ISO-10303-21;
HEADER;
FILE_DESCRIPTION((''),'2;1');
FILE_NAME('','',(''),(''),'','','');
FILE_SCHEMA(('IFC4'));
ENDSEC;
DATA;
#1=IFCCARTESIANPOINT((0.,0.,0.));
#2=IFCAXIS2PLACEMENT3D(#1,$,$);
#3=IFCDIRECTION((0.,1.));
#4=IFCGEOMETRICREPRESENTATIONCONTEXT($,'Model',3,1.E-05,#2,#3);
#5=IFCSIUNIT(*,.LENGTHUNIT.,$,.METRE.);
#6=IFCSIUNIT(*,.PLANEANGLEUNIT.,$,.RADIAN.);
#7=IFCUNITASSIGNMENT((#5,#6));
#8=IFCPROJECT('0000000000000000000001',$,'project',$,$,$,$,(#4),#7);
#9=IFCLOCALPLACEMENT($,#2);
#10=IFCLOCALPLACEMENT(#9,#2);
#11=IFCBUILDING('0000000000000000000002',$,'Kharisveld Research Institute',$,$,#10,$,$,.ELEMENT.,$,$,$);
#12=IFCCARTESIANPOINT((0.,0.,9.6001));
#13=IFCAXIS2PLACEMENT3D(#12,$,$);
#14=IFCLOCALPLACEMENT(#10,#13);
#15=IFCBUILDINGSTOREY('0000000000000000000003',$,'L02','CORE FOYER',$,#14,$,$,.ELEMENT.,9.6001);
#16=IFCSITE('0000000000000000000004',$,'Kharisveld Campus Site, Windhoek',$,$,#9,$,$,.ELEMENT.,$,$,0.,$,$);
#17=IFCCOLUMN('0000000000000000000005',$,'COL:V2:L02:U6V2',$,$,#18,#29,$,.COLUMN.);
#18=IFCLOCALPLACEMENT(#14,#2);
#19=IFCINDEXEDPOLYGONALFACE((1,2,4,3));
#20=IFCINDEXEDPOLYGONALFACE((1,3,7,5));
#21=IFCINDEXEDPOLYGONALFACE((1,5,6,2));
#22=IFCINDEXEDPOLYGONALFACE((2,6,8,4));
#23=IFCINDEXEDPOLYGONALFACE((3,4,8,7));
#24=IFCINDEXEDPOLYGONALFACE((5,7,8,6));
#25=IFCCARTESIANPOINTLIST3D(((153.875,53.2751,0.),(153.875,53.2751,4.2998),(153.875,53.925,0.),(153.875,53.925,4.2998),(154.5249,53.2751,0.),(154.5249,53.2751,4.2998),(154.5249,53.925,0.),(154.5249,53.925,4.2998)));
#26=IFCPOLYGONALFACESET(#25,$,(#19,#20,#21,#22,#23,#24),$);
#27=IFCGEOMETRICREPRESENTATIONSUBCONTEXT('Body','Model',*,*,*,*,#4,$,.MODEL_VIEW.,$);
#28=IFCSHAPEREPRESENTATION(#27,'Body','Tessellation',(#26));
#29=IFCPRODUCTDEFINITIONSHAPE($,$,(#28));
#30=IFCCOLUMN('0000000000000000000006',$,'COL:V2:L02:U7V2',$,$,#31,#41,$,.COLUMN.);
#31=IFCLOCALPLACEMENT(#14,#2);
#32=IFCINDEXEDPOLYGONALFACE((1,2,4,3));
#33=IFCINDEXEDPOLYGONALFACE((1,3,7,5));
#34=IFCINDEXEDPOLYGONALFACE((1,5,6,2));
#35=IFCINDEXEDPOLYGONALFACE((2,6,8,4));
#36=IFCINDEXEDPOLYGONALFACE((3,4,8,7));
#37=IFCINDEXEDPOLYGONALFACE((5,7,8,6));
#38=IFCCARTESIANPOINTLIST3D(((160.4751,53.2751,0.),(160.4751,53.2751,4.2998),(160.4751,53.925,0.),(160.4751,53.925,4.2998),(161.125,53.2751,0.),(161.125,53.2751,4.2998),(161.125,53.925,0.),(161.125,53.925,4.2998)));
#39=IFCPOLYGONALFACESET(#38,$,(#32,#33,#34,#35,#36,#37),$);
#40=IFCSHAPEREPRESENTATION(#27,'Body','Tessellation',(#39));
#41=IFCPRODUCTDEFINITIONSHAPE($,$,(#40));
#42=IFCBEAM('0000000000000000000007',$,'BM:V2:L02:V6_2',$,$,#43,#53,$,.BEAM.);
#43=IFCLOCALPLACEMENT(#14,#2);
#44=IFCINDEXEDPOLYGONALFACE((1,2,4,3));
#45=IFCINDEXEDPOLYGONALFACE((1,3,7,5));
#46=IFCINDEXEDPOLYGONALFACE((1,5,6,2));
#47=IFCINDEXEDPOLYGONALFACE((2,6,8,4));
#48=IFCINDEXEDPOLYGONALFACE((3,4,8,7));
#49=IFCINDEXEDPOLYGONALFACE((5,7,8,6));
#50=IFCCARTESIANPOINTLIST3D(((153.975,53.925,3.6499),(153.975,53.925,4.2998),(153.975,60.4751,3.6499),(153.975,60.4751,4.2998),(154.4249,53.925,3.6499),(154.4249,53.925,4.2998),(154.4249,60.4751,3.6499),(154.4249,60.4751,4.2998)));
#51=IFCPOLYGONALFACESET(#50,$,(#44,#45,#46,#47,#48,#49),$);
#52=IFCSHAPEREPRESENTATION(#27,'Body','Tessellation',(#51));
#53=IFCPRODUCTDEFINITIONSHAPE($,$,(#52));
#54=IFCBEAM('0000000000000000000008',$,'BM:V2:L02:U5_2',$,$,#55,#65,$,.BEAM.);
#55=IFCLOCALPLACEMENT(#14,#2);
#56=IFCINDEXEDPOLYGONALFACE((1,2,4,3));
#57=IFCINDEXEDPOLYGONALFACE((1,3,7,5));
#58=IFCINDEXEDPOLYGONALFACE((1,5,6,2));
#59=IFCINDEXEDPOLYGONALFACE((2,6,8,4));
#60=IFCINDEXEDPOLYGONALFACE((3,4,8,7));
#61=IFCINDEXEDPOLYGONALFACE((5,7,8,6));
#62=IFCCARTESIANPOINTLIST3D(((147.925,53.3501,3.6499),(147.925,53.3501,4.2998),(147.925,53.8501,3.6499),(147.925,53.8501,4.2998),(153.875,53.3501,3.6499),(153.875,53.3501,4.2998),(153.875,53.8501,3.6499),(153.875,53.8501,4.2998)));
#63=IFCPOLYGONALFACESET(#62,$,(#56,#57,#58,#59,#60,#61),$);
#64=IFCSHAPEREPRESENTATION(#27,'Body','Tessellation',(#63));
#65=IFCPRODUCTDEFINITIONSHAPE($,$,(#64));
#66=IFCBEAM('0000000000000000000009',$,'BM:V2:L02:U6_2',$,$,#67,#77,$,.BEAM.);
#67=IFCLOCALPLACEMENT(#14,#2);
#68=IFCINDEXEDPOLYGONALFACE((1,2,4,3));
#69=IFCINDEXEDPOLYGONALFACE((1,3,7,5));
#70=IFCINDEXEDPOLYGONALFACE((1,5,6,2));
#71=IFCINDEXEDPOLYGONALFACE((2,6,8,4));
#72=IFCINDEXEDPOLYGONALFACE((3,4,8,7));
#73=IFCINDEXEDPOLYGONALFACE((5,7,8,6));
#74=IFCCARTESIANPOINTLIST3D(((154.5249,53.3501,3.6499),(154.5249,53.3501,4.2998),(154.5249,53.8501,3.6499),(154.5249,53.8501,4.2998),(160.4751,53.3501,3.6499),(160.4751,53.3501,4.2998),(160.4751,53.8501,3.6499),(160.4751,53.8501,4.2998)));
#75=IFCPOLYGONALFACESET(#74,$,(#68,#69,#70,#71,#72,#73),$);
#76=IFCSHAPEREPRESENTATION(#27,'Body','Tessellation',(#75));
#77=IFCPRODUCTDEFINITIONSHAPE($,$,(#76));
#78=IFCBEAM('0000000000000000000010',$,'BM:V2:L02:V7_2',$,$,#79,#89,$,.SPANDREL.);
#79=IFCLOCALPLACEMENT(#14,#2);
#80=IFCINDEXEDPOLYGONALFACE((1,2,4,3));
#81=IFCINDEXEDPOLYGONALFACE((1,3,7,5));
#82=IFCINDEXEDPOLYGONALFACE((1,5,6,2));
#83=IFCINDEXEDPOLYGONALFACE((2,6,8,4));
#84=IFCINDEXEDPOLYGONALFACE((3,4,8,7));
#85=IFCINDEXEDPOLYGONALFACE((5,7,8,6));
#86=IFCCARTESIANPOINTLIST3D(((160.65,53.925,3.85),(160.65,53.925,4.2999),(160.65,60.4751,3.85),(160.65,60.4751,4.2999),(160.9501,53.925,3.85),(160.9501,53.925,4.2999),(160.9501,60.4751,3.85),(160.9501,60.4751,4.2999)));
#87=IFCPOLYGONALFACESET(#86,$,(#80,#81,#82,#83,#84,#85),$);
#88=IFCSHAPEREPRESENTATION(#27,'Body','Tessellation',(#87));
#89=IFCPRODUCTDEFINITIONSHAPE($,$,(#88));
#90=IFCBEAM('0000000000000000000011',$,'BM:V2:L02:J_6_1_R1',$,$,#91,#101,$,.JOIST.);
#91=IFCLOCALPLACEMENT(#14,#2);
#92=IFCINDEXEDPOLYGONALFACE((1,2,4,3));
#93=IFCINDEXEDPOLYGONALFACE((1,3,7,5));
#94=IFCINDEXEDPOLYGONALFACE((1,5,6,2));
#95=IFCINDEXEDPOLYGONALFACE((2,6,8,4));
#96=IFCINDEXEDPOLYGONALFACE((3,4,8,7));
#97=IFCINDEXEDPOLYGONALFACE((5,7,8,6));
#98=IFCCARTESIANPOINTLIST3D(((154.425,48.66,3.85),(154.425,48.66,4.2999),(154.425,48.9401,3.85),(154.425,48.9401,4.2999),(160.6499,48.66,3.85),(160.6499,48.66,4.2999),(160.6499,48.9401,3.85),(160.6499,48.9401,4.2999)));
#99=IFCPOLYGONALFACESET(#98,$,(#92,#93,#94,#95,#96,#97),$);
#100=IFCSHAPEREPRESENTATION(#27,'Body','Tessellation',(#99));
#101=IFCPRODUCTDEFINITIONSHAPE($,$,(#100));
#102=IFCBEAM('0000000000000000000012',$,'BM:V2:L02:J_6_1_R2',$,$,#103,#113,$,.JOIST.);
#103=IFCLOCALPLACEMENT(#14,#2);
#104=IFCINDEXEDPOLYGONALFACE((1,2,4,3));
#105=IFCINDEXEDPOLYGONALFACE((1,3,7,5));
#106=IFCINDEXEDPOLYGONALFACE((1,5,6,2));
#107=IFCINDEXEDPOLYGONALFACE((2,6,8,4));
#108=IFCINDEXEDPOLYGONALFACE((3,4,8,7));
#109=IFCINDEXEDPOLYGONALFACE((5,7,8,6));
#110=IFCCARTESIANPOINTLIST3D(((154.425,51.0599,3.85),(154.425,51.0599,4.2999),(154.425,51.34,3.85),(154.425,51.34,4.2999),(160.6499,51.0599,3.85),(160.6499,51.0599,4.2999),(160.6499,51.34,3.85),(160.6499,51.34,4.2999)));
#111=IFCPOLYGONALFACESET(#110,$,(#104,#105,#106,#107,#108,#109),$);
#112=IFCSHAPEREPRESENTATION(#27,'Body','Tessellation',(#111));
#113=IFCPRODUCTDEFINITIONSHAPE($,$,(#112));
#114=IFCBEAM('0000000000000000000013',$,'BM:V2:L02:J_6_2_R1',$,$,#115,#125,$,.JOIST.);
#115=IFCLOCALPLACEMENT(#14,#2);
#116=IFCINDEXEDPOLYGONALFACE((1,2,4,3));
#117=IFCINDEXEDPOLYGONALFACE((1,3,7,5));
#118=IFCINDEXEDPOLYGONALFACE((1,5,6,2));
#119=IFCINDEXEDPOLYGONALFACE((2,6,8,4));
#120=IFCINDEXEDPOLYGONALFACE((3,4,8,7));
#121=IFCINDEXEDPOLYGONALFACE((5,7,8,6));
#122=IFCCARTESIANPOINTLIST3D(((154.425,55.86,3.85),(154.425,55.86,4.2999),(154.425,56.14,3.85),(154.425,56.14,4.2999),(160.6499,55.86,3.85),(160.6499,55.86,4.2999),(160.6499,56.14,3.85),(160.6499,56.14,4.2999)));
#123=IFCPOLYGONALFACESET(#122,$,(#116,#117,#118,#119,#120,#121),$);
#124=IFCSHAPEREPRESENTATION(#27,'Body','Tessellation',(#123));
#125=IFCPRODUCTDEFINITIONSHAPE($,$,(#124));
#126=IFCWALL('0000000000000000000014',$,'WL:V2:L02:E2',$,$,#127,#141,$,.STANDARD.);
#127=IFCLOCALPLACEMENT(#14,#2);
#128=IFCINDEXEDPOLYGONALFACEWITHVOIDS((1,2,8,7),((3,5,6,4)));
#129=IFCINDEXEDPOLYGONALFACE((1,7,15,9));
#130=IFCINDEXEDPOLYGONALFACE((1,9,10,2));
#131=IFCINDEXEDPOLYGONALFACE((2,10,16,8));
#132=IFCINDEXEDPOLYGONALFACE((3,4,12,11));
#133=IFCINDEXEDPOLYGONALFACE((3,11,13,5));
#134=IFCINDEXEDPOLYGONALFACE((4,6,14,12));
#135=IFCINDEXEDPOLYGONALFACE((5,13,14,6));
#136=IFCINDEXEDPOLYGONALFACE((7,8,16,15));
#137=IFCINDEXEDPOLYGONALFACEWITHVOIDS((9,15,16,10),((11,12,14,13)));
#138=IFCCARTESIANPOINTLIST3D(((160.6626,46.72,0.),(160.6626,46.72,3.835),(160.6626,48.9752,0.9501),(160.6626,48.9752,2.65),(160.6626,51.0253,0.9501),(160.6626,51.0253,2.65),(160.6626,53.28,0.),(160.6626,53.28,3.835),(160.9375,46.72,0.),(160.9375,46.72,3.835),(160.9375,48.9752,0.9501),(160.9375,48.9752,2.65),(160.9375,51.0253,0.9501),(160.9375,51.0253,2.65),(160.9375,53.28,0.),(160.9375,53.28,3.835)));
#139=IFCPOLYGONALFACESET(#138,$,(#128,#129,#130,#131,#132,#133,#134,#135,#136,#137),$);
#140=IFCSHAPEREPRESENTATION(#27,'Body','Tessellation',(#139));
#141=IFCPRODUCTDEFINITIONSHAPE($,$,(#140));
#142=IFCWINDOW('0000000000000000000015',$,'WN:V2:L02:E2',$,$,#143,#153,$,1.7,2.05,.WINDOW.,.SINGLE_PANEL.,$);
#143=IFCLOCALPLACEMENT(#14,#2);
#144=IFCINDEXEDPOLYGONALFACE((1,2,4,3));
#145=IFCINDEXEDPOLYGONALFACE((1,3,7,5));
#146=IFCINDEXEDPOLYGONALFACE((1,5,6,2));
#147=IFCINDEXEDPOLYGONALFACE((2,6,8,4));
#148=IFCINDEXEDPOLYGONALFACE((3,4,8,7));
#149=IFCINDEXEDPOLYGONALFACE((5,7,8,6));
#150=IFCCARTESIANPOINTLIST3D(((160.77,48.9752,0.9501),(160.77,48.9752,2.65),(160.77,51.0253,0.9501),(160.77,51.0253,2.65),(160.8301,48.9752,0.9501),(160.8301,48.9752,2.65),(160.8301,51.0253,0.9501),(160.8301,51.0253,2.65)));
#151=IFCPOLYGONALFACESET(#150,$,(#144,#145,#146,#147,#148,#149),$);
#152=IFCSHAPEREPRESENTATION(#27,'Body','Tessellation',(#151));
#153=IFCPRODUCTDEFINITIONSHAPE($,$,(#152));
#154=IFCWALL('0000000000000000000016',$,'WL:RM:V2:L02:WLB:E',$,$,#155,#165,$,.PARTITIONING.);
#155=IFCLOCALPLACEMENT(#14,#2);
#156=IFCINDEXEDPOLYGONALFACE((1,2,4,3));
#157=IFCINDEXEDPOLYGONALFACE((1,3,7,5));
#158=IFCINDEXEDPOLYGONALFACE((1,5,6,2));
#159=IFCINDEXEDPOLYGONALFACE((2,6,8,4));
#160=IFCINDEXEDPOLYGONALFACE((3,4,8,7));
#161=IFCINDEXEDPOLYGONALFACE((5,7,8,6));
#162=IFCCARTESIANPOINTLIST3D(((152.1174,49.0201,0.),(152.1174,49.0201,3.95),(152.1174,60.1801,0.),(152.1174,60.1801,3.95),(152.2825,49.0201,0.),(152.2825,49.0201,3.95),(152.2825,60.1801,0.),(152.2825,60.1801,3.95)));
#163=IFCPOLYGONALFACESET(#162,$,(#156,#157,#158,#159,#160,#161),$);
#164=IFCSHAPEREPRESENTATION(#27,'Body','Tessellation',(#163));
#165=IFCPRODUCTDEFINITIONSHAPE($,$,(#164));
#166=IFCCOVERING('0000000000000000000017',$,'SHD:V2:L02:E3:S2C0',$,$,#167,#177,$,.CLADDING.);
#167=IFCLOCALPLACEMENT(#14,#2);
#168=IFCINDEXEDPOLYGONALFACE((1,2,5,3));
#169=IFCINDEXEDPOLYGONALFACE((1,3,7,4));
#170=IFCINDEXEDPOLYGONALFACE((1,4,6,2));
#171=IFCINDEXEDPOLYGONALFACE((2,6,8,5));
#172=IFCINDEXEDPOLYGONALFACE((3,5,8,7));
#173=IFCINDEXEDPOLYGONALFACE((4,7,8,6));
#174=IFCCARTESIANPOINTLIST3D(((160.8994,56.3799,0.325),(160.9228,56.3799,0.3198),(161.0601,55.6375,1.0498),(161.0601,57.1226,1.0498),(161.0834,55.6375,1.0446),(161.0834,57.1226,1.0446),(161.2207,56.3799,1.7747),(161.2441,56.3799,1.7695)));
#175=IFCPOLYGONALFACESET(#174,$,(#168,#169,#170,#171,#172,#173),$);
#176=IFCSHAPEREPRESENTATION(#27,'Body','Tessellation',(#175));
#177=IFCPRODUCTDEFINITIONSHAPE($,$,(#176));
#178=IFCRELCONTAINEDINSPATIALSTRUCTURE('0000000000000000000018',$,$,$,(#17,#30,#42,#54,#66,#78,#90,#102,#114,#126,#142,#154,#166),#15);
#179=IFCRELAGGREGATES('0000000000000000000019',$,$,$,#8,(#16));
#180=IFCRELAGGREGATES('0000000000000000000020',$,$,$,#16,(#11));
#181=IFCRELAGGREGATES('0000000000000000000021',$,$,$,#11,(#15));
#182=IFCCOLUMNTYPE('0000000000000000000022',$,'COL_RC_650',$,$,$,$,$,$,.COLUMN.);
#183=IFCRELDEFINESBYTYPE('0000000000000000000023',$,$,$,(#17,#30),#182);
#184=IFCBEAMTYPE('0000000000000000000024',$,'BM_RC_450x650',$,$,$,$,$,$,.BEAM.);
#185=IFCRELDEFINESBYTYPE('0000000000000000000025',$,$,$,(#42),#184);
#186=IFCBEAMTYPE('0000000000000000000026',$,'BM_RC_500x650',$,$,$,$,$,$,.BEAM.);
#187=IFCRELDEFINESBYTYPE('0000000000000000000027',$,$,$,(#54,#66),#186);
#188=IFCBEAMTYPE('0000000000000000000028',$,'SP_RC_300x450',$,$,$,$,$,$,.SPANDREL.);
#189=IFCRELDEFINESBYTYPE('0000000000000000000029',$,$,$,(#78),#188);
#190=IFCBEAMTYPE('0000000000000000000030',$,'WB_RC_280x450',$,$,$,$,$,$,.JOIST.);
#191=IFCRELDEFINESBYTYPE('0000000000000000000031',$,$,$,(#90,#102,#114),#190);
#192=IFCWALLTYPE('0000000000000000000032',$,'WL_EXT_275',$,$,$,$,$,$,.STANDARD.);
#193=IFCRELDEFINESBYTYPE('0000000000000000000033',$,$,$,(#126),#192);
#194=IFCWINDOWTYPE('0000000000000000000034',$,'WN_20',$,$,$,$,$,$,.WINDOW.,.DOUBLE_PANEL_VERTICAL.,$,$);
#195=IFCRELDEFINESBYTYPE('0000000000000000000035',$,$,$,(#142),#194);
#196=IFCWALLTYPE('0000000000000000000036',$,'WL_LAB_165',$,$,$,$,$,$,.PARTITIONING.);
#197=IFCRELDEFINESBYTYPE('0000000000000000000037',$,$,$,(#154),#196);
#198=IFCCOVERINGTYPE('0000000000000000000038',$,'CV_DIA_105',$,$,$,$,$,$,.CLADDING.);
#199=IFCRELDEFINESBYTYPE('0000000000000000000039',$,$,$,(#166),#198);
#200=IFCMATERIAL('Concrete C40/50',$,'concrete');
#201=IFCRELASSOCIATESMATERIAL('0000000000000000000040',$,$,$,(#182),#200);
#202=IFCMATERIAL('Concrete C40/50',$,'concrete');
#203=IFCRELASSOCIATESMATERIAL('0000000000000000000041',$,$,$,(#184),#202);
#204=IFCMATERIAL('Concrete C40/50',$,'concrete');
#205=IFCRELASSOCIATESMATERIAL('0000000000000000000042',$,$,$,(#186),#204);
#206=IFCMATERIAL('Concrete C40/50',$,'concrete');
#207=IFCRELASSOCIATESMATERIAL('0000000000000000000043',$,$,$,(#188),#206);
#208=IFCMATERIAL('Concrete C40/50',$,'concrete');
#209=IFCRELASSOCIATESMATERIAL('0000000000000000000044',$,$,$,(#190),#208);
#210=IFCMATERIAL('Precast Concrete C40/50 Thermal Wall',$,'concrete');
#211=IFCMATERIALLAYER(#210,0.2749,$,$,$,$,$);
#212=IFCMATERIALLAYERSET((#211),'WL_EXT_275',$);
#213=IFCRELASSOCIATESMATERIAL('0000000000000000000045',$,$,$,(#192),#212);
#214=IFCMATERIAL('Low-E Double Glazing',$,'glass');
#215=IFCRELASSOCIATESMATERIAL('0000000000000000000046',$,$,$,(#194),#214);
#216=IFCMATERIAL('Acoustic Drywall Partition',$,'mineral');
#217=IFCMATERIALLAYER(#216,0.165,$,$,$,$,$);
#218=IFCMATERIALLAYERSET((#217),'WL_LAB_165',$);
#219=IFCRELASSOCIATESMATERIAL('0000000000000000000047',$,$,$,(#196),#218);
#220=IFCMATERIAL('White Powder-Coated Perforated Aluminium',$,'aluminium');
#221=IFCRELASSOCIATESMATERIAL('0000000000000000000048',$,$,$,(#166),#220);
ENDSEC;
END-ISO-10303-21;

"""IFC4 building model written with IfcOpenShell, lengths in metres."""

from ifc_helpers import new_model, si_unit, direction, frame, frame_2d, origin, origin_2d, place, context, subcontext, project, spatial, polyline, rectangle, outline, extrude, material, layer, layer_set, material_profile, profile_set, type_object, element, fill, save


model = new_model("IFC4")

# Units and contexts
model_context = context("Model", 3, precision=1e-05, world=origin(), true_north=direction((0.0, 1.0)))
body_context = subcontext(model_context, "Body", "Model", "MODEL_VIEW")
ifc_project = project(units=[si_unit("LENGTHUNIT", "METRE"), si_unit("PLANEANGLEUNIT", "RADIAN")], contexts=[model_context])

# Site, building, storey
site_placement = place(None, origin())
site = spatial("IfcSite", under=ifc_project, at=site_placement, Name="Kharisveld Campus Site, Windhoek", CompositionType="ELEMENT", RefElevation=0.0)
building_placement = place(site_placement, origin())
building = spatial("IfcBuilding", under=site, at=building_placement, Name="Kharisveld Research Institute", CompositionType="ELEMENT")
storey_placement = place(building_placement, frame((0.0, 0.0, 9.6001)))
storey = spatial("IfcBuildingStorey", under=building, at=storey_placement, Name="L02", Description="CORE FOYER", CompositionType="ELEMENT", Elevation=9.6001)

# Columns
ifc_material_1 = material(Name="Concrete C40/50", Category="concrete")
ifc_material_profile_1 = material_profile(ifc_material_1, rectangle(XDim=0.6499, YDim=0.6499, at=origin_2d()))
ifc_profile_set_1 = profile_set([ifc_material_profile_1], Name="Concrete C40/50")
column_type = type_object("IfcColumnType", Name="COL_RC_650", PredefinedType="COLUMN", material=ifc_profile_set_1)
for number, where, z_axis, x_axis, name in (
    (1, (154.2, 53.6001, 0.0), (0.0, 0.0, 1.0), (1.0, 0.0, 0.0), "COL:V2:L02:U6V2"),
    (2, (160.8, 53.6001, 0.0), (0.0, 0.0, 1.0), (1.0, 0.0, 0.0), "COL:V2:L02:U7V2"),
):
    element("IfcColumn", number, at=place(storey_placement, frame(where, z_axis=z_axis, x_axis=x_axis)), inside=storey, type_object=column_type, Name=name, PredefinedType="COLUMN", context=body_context, shape_type="SweptSolid", body=[
        extrude(rectangle(XDim=0.6499, YDim=0.6499, at=origin_2d()), origin(), (0.0, 0.0, 1.0), 4.2998),
    ])

# Beams
ifc_material_2 = material(Name="Concrete C40/50", Category="concrete")
ifc_material_profile_2 = material_profile(ifc_material_2, rectangle(XDim=0.45, YDim=0.6499, at=origin_2d()))
ifc_profile_set_2 = profile_set([ifc_material_profile_2], Name="Concrete C40/50")
beam_type_1 = type_object("IfcBeamType", Name="BM_RC_450x650", PredefinedType="BEAM", material=ifc_profile_set_2)
beam_1_placement = place(storey_placement, frame((154.2, 53.925, 3.9749), z_axis=(0.0, 1.0, 0.0), x_axis=(-1.0, 0.0, 0.0)))
element("IfcBeam", 3, at=beam_1_placement, inside=storey, type_object=beam_type_1, Name="BM:V2:L02:V6_2", PredefinedType="BEAM", context=body_context, shape_type="SweptSolid", body=[
    extrude(rectangle(XDim=0.45, YDim=0.6499, at=origin_2d()), origin(), (0.0, 0.0, 1.0), 6.55),
])
ifc_material_3 = material(Name="Concrete C40/50", Category="concrete")
ifc_material_profile_3 = material_profile(ifc_material_3, rectangle(XDim=0.5, YDim=0.6499, at=origin_2d()))
ifc_profile_set_3 = profile_set([ifc_material_profile_3], Name="Concrete C40/50")
beam_type_2 = type_object("IfcBeamType", Name="BM_RC_500x650", PredefinedType="BEAM", material=ifc_profile_set_3)
beam_2_placement = place(storey_placement, frame((147.925, 53.6001, 3.9749), z_axis=(1.0, 0.0, 0.0), x_axis=(0.0, 1.0, 0.0)))
element("IfcBeam", 4, at=beam_2_placement, inside=storey, type_object=beam_type_2, Name="BM:V2:L02:U5_2", PredefinedType="BEAM", context=body_context, shape_type="SweptSolid", body=[
    extrude(rectangle(XDim=0.5, YDim=0.6499, at=origin_2d()), origin(), (0.0, 0.0, 1.0), 5.95),
])
beam_3_placement = place(storey_placement, frame((154.5249, 53.6001, 3.9749), z_axis=(1.0, 0.0, 0.0), x_axis=(0.0, 1.0, 0.0)))
element("IfcBeam", 5, at=beam_3_placement, inside=storey, type_object=beam_type_2, Name="BM:V2:L02:U6_2", PredefinedType="BEAM", context=body_context, shape_type="SweptSolid", body=[
    extrude(rectangle(XDim=0.5, YDim=0.6499, at=origin_2d()), origin(), (0.0, 0.0, 1.0), 5.9502),
])
ifc_material_4 = material(Name="Concrete C40/50", Category="concrete")
ifc_material_profile_4 = material_profile(ifc_material_4, rectangle(XDim=0.3, YDim=0.45, at=origin_2d()))
ifc_profile_set_4 = profile_set([ifc_material_profile_4], Name="Concrete C40/50")
beam_type_3 = type_object("IfcBeamType", Name="SP_RC_300x450", PredefinedType="SPANDREL", material=ifc_profile_set_4)
beam_4_placement = place(storey_placement, frame((160.8, 53.925, 4.075), z_axis=(0.0, 1.0, 0.0), x_axis=(-1.0, 0.0, 0.0)))
element("IfcBeam", 6, at=beam_4_placement, inside=storey, type_object=beam_type_3, Name="BM:V2:L02:V7_2", PredefinedType="SPANDREL", context=body_context, shape_type="SweptSolid", body=[
    extrude(rectangle(XDim=0.3, YDim=0.45, at=origin_2d()), origin(), (0.0, 0.0, 1.0), 6.55),
])
ifc_material_5 = material(Name="Concrete C40/50", Category="concrete")
ifc_material_profile_5 = material_profile(ifc_material_5, rectangle(XDim=0.28, YDim=0.45, at=origin_2d()))
ifc_profile_set_5 = profile_set([ifc_material_profile_5], Name="Concrete C40/50")
beam_type_4 = type_object("IfcBeamType", Name="WB_RC_280x450", PredefinedType="JOIST", material=ifc_profile_set_5)
for number, where, z_axis, x_axis, name in (
    (7, (154.425, 48.8, 4.075), (1.0, 0.0, 0.0), (0.0, 1.0, 0.0), "BM:V2:L02:J_6_1_R1"),
    (8, (154.425, 51.2, 4.075), (1.0, 0.0, 0.0), (0.0, 1.0, 0.0), "BM:V2:L02:J_6_1_R2"),
    (9, (154.425, 56.0, 4.075), (1.0, 0.0, 0.0), (0.0, 1.0, 0.0), "BM:V2:L02:J_6_2_R1"),
):
    element("IfcBeam", number, at=place(storey_placement, frame(where, z_axis=z_axis, x_axis=x_axis)), inside=storey, type_object=beam_type_4, Name=name, PredefinedType="JOIST", context=body_context, shape_type="SweptSolid", body=[
        extrude(rectangle(XDim=0.28, YDim=0.45, at=origin_2d()), origin(), (0.0, 0.0, 1.0), 6.2249),
    ])

# Wall, opening, window
ifc_material_6 = material(Name="Precast Concrete C40/50 Thermal Wall", Category="concrete")
ifc_layer_1 = layer(ifc_material_6, 0.2749)
ifc_layer_set_1 = layer_set([ifc_layer_1], Name="WL_EXT_275")
wall_type_1 = type_object("IfcWallType", Name="WL_EXT_275", PredefinedType="STANDARD", material=ifc_layer_set_1)
wall_1_placement = place(storey_placement, frame((160.8, 53.28, 0.0), z_axis=(0.0, 0.0, 1.0), x_axis=(0.0, -1.0, 0.0)))
wall_1 = element("IfcWall", 10, at=wall_1_placement, inside=storey, type_object=wall_type_1, Name="WL:V2:L02:E2", PredefinedType="STANDARD", context=body_context, shape_type="SweptSolid", body=[
    extrude(rectangle(XDim=6.5601, YDim=0.2749, at=frame_2d((3.28, 0.0))), origin(), (0.0, 0.0, 1.0), 3.835),
])
opening_1_placement = place(wall_1_placement, frame((2.2549, 0.0, 0.95)))
opening_1 = element("IfcOpeningElement", 11, at=opening_1_placement, cuts=wall_1, PredefinedType="OPENING", context=body_context, shape_type="SweptSolid", body=[
    extrude(rectangle(XDim=2.05, YDim=1.7, at=frame_2d((1.0249, 0.8501))), frame((0.0, 0.1375, 0.0), z_axis=(0.0, -1.0, 0.0), x_axis=(1.0, 0.0, 0.0)), (0.0, 0.0, 1.0), 0.2749),
])
ifc_material_7 = material(Name="Low-E Double Glazing", Category="glass")
window_type = type_object("IfcWindowType", Name="WN_20", PartitioningType="DOUBLE_PANEL_VERTICAL", PredefinedType="WINDOW", material=ifc_material_7)
window_placement = place(opening_1_placement, origin())
window = element("IfcWindow", 12, at=window_placement, inside=storey, type_object=window_type, Name="WN:V2:L02:E2", OverallHeight=1.7, OverallWidth=2.05, PartitioningType="SINGLE_PANEL", PredefinedType="WINDOW", context=body_context, shape_type="SweptSolid", body=[
    extrude(rectangle(XDim=2.05, YDim=1.7, at=frame_2d((1.0249, 0.8501))), frame((0.0, 0.03, 0.0), z_axis=(0.0, -1.0, 0.0), x_axis=(1.0, 0.0, 0.0)), (0.0, 0.0, 1.0), 0.0601),
])
fill(opening_1, window)

# Wall
ifc_material_8 = material(Name="Acoustic Drywall Partition", Category="mineral")
ifc_layer_2 = layer(ifc_material_8, 0.165)
ifc_layer_set_2 = layer_set([ifc_layer_2], Name="WL_LAB_165")
wall_type_2 = type_object("IfcWallType", Name="WL_LAB_165", PredefinedType="PARTITIONING", material=ifc_layer_set_2)
wall_2_placement = place(storey_placement, frame((152.2, 49.02, 0.0), z_axis=(0.0, 0.0, 1.0), x_axis=(0.0, 1.0, 0.0)))
element("IfcWall", 13, at=wall_2_placement, inside=storey, type_object=wall_type_2, Name="WL:RM:V2:L02:WLB:E", PredefinedType="PARTITIONING", context=body_context, shape_type="SweptSolid", body=[
    extrude(rectangle(XDim=11.1599, YDim=0.165, at=frame_2d((5.5801, 0.0))), origin(), (0.0, 0.0, 1.0), 3.95),
])

# Covering
ifc_material_9 = material(Name="White Powder-Coated Perforated Aluminium", Category="aluminium")
covering_type = type_object("IfcCoveringType", Name="CV_DIA_105", PredefinedType="CLADDING")
covering_placement = place(storey_placement, frame((160.8994, 56.3799, 0.325), z_axis=(-0.976311, 0.0, 0.216373), x_axis=(0.153, -0.707102, 0.69036)))
element("IfcCovering", 14, at=covering_placement, inside=storey, type_object=covering_type, material=ifc_material_9, Name="SHD:V2:L02:E3:S2C0", PredefinedType="CLADDING", context=body_context, shape_type="SweptSolid", body=[
    extrude(outline(polyline([(0.0, 0.0), (1.05, 0.0), (1.05, 1.05), (-0.0002, 1.0501), (0.0, 0.0)])), origin(), (0.0, 0.0, -1.0), 0.0239),
])

save(model, "model.ifc")
